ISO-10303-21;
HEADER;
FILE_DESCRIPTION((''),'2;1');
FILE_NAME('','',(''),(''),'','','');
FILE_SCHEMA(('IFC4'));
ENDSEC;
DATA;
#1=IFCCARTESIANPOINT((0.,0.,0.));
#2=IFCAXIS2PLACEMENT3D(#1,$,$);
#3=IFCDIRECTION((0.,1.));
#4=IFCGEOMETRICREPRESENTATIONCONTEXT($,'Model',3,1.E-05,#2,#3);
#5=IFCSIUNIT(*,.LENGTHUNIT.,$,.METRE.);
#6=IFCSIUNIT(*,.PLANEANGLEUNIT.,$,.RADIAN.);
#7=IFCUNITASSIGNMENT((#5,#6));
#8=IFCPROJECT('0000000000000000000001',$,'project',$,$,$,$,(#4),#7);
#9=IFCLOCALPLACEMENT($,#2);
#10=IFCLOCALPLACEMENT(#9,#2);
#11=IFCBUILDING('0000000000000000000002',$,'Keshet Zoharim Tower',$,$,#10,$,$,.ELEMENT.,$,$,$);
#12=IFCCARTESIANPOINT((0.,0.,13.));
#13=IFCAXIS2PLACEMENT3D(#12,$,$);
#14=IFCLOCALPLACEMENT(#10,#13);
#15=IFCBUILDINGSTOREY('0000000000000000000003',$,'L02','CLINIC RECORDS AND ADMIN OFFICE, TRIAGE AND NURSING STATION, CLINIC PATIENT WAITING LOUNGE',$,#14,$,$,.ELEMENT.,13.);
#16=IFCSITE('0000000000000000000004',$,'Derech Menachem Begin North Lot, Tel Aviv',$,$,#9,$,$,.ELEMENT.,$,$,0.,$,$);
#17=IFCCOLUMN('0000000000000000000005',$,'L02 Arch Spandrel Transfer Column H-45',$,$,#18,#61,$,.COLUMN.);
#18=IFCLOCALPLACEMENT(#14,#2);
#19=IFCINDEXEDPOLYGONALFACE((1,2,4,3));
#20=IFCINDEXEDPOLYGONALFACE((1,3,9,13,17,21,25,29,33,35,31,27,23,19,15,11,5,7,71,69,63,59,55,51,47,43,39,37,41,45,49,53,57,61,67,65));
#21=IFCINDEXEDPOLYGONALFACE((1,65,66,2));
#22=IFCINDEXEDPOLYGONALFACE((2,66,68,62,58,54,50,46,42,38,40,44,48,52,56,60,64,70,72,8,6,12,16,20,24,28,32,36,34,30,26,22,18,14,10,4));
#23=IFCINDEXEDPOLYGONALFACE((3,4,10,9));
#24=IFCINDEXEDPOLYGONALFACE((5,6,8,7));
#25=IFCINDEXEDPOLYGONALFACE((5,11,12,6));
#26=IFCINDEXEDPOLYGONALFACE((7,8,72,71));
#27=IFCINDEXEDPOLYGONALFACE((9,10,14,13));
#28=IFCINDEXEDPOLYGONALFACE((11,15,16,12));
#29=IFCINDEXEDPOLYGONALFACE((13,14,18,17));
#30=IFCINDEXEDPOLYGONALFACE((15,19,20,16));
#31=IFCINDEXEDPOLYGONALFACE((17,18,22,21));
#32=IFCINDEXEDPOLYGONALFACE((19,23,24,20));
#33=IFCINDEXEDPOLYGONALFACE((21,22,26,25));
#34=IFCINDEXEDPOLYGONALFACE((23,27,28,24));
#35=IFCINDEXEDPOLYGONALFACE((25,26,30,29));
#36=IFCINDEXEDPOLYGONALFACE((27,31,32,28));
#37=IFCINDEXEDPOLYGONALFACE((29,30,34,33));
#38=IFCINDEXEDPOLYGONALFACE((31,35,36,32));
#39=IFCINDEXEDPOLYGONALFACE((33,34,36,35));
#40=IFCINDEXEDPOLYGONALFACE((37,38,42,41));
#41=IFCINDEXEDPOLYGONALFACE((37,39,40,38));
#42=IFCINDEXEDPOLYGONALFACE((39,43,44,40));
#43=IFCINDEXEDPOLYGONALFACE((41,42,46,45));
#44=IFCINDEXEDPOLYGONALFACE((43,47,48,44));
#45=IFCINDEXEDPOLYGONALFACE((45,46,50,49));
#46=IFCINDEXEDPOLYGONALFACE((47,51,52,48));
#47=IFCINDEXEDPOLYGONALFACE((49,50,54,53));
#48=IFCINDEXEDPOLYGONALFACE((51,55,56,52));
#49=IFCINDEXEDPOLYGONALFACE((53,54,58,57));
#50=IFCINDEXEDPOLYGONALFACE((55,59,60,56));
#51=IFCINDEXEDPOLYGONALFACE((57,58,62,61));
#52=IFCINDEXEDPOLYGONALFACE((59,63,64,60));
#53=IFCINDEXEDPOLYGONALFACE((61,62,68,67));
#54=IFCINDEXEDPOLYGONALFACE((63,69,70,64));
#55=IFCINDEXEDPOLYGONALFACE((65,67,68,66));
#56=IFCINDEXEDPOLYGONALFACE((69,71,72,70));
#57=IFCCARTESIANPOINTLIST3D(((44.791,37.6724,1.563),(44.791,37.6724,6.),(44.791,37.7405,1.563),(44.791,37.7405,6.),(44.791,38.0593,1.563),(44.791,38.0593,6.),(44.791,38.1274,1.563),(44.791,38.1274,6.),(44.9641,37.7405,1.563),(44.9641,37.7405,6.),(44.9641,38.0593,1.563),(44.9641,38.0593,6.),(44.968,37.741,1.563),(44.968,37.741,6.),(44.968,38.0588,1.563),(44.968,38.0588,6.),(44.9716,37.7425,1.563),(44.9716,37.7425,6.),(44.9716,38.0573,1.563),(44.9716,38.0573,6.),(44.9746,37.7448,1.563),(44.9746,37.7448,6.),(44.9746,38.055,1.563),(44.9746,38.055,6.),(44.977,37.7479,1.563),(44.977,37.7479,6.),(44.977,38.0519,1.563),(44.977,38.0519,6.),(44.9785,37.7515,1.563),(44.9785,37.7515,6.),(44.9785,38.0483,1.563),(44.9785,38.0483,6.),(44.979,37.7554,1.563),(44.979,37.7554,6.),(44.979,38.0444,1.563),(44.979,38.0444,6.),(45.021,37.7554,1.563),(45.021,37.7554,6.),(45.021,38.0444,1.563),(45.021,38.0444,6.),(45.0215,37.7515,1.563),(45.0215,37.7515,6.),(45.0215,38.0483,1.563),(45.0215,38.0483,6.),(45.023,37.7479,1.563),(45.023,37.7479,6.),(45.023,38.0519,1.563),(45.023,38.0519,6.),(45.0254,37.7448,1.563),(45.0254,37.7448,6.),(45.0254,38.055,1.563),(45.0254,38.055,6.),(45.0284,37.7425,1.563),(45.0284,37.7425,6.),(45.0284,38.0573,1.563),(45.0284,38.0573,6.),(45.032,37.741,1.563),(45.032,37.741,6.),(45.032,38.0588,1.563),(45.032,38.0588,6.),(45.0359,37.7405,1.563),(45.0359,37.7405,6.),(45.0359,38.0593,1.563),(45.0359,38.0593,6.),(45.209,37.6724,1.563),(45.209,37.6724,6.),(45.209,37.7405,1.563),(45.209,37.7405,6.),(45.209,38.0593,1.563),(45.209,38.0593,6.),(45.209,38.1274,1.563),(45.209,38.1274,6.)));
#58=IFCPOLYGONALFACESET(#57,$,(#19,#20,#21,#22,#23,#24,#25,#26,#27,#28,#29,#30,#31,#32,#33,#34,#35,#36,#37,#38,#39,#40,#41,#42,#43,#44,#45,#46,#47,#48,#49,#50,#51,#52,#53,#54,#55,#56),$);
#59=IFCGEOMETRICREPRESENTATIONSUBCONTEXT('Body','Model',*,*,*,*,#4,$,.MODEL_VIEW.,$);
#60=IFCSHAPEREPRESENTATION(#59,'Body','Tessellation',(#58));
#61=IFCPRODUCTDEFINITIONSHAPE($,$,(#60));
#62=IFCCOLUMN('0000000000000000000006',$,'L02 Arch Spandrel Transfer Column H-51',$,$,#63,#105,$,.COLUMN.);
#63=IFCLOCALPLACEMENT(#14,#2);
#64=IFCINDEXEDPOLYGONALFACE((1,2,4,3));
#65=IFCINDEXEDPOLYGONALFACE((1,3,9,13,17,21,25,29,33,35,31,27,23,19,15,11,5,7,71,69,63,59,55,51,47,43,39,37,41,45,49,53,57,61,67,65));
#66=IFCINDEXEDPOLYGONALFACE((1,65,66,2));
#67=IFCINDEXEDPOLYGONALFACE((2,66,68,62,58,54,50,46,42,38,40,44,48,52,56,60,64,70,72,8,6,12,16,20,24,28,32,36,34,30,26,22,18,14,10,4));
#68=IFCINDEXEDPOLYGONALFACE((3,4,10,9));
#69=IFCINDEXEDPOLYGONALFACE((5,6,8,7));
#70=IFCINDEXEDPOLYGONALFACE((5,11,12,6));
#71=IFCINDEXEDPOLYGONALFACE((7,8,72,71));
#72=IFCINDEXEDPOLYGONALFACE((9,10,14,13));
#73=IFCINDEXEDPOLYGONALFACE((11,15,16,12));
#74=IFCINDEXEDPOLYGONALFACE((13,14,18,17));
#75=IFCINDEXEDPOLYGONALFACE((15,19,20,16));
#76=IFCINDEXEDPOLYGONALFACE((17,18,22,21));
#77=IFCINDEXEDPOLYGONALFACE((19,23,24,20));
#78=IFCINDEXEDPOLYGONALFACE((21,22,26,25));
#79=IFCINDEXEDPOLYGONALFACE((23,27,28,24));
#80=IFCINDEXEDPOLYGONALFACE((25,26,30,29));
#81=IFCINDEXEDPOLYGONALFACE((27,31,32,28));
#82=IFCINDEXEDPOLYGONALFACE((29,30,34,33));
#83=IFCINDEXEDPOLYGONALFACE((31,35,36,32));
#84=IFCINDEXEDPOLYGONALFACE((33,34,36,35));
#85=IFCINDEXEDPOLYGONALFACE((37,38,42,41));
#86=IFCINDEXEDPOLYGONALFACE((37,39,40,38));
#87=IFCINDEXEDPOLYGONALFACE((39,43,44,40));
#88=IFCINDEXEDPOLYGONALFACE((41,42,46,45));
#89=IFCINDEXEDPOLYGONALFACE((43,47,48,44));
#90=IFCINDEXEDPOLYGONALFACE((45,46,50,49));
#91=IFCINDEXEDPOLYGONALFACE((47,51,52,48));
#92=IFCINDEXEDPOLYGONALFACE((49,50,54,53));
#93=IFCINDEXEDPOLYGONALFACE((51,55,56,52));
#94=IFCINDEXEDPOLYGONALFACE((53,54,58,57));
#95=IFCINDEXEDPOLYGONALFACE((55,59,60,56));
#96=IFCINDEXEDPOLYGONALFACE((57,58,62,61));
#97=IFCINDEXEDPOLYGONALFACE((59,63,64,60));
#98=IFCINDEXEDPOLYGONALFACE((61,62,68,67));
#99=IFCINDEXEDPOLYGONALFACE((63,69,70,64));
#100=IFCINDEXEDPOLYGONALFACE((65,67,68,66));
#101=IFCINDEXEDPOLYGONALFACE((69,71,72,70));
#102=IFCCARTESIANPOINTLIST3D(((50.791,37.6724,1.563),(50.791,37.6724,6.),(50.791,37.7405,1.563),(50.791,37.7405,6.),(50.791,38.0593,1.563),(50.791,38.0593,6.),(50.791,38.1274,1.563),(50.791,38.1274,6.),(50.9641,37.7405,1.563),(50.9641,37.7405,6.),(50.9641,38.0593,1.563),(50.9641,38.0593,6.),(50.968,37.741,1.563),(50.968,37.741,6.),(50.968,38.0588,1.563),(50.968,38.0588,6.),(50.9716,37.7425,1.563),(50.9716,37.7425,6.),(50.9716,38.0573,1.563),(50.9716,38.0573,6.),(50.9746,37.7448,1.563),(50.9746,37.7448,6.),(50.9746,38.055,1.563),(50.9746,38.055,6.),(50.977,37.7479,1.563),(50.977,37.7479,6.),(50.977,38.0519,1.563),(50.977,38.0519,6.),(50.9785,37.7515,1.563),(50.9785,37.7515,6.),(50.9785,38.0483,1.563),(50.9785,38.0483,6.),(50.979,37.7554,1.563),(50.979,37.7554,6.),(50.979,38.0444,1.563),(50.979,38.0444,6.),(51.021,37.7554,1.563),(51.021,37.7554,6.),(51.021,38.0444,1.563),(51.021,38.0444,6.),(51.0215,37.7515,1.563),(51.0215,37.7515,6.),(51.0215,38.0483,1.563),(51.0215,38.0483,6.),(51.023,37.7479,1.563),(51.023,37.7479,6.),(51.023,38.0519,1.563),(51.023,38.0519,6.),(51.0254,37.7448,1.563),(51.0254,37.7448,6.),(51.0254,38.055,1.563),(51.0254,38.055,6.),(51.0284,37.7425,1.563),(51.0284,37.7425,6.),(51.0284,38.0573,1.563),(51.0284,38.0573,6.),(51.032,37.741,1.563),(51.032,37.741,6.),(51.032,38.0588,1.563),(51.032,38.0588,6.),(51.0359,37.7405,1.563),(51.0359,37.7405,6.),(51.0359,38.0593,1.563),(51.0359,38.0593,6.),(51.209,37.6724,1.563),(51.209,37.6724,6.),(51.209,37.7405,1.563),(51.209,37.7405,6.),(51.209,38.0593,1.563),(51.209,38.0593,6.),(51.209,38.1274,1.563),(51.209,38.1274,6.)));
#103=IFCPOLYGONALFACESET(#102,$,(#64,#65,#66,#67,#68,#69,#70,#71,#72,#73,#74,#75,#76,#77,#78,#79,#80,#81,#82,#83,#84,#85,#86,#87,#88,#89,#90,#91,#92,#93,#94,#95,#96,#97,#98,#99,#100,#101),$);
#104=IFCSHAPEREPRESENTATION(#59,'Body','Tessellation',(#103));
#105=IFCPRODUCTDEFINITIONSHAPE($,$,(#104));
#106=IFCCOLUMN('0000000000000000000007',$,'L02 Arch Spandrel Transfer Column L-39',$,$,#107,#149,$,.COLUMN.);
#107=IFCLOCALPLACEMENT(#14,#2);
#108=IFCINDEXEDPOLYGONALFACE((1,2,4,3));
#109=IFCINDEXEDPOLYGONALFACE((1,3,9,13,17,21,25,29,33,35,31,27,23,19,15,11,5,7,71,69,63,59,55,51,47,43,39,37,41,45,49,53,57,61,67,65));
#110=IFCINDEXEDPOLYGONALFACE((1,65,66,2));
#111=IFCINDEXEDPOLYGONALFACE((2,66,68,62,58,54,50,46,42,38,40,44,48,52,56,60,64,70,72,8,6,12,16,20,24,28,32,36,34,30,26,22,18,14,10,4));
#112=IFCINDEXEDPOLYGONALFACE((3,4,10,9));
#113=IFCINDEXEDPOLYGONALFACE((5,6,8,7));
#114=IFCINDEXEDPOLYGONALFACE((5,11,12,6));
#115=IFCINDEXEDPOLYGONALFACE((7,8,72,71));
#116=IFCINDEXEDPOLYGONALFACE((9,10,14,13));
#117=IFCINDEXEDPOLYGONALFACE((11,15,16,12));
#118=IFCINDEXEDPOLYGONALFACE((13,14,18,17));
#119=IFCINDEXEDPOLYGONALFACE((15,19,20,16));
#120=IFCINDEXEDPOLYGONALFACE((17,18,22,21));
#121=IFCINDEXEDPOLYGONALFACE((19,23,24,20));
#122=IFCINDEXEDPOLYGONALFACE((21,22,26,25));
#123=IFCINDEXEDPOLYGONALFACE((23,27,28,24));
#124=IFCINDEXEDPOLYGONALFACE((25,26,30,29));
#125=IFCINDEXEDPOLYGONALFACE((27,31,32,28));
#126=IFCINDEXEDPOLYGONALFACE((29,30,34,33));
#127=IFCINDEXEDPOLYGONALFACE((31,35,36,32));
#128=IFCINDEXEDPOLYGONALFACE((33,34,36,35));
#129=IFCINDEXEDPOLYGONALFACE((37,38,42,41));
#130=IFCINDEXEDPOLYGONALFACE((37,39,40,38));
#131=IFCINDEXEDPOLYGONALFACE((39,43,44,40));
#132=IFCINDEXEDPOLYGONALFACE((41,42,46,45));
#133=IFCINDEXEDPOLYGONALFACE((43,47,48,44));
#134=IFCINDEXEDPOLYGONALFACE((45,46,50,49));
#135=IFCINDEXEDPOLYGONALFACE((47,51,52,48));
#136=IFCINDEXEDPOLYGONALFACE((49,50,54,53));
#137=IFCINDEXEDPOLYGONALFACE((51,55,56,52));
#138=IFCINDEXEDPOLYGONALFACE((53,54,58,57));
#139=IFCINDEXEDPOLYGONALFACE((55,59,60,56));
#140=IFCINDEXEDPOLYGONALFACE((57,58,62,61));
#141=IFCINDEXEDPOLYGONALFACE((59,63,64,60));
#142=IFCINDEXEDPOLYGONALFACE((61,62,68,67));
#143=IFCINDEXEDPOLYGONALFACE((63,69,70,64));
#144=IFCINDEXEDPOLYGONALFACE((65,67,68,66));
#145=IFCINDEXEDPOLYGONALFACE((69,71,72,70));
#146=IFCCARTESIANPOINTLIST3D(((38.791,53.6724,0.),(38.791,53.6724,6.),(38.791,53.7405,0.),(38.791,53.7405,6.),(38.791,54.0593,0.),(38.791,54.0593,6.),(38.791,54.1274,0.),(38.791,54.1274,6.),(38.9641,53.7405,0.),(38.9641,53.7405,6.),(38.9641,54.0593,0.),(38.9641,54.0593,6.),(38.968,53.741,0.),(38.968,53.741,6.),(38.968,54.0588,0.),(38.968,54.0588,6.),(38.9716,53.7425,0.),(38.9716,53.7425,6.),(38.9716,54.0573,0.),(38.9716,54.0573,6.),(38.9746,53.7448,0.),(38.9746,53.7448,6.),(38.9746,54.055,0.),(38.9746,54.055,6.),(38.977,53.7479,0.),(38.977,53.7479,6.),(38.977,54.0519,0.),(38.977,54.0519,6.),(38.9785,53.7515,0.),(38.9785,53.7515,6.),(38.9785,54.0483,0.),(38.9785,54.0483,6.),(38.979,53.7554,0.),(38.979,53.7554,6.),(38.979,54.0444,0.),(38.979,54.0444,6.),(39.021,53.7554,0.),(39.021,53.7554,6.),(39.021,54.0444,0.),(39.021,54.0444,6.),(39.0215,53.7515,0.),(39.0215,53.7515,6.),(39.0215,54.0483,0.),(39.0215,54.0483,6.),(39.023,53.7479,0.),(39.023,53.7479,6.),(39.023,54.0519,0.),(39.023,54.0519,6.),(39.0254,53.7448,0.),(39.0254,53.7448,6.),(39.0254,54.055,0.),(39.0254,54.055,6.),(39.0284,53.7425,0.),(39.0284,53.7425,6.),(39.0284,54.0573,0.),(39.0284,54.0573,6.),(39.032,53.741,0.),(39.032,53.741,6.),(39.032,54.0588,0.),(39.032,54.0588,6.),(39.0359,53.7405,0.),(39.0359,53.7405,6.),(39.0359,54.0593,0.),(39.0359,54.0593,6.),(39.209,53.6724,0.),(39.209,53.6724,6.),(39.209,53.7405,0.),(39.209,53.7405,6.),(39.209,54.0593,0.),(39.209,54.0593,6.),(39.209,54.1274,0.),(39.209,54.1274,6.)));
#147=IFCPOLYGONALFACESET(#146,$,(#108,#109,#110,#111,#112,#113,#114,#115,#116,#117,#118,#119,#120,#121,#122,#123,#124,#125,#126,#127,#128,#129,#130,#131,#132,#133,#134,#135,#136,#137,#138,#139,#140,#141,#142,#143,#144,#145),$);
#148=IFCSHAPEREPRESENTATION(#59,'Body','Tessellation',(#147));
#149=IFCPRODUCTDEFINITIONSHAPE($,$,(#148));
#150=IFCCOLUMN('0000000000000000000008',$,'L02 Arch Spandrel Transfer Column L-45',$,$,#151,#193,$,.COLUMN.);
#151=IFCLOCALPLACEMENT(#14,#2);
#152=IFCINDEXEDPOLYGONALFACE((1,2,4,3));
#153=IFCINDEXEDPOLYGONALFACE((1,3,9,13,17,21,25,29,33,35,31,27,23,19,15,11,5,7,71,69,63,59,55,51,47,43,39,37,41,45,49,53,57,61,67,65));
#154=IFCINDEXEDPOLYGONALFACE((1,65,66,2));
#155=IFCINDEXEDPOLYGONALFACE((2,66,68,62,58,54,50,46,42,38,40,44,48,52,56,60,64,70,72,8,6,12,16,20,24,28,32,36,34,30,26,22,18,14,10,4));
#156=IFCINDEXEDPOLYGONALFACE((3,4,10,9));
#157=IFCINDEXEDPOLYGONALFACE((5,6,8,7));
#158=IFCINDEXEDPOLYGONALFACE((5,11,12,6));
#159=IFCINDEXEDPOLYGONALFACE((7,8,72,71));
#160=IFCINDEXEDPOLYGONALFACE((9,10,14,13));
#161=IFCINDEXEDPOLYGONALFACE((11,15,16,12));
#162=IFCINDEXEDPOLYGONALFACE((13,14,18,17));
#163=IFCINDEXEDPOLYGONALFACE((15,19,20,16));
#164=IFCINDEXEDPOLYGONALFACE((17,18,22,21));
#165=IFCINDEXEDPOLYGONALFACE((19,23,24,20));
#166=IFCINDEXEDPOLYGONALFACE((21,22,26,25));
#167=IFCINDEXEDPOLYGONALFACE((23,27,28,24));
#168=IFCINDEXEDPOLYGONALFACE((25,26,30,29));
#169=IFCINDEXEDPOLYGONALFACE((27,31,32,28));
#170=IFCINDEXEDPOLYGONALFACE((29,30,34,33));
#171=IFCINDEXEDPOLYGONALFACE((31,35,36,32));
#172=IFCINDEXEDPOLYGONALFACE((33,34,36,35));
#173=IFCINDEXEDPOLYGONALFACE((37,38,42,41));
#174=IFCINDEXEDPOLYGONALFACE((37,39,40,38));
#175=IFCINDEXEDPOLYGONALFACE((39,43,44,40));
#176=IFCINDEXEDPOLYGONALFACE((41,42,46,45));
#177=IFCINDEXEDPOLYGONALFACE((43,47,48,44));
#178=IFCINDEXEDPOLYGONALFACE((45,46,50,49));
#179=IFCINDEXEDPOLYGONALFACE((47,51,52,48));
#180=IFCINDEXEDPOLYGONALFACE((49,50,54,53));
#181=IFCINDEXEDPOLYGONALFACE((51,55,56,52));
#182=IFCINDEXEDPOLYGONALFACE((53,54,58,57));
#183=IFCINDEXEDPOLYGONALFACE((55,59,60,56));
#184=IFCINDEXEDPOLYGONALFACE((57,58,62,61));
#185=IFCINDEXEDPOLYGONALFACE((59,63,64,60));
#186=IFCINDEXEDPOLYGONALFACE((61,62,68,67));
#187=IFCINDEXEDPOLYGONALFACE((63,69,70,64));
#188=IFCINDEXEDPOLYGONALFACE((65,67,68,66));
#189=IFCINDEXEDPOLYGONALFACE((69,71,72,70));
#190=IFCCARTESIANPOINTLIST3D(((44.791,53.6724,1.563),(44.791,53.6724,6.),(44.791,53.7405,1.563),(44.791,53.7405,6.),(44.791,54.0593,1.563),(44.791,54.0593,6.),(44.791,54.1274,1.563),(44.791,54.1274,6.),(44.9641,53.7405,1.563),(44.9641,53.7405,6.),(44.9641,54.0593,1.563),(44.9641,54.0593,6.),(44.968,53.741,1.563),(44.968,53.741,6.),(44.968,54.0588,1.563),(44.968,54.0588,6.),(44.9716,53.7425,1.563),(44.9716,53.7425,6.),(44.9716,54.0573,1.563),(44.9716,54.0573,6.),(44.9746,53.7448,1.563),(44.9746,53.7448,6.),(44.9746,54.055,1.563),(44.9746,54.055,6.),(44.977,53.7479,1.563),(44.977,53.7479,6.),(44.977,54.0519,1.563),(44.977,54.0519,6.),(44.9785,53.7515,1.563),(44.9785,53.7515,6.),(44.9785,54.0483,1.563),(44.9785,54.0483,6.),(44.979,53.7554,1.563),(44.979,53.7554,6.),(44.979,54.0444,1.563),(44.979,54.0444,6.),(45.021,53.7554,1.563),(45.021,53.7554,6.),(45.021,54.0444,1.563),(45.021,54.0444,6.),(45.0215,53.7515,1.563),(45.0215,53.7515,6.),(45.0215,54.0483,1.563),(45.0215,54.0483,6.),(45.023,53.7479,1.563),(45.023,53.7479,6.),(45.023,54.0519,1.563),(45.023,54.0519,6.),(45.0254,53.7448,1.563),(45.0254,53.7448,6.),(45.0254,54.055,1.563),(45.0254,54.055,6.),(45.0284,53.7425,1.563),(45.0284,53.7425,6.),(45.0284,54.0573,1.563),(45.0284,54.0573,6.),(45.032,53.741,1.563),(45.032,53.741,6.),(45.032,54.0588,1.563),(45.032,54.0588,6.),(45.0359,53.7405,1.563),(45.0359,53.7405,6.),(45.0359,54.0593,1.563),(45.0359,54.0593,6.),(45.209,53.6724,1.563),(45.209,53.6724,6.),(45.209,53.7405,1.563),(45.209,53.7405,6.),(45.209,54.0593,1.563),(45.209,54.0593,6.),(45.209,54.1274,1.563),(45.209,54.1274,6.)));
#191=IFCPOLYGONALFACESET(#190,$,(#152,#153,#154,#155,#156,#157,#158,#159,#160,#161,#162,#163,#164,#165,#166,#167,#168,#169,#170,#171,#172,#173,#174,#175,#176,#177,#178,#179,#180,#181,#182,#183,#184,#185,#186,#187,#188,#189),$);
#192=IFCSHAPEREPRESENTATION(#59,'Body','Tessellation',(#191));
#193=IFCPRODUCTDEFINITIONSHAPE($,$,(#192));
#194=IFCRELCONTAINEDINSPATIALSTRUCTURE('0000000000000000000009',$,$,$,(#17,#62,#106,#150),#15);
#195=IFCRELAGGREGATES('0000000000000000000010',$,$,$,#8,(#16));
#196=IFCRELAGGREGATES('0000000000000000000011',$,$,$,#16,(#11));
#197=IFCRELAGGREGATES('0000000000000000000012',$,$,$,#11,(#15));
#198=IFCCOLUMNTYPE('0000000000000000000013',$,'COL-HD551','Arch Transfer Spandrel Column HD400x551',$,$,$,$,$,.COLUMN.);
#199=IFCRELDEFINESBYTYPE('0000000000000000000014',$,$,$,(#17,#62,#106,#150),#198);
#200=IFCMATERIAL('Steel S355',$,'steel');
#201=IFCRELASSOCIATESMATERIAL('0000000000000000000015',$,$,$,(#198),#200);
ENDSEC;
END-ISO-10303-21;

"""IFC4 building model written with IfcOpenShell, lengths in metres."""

from ifc_helpers import new_model, si_unit, direction, frame, origin, origin_2d, place, context, subcontext, project, spatial, i_section, extrude, material, material_profile, profile_set, type_object, element, save


model = new_model("IFC4")

# Units and contexts
model_context = context("Model", 3, precision=1e-05, world=origin(), true_north=direction((0.0, 1.0)))
body_context = subcontext(model_context, "Body", "Model", "MODEL_VIEW")
ifc_project = project(units=[si_unit("LENGTHUNIT", "METRE"), si_unit("PLANEANGLEUNIT", "RADIAN")], contexts=[model_context])

# Site, building, storey
site_placement = place(None, origin())
site = spatial("IfcSite", under=ifc_project, at=site_placement, Name="Derech Menachem Begin North Lot, Tel Aviv", CompositionType="ELEMENT", RefElevation=0.0)
building_placement = place(site_placement, origin())
building = spatial("IfcBuilding", under=site, at=building_placement, Name="Keshet Zoharim Tower", CompositionType="ELEMENT")
storey_placement = place(building_placement, frame((0.0, 0.0, 13.0)))
storey = spatial("IfcBuildingStorey", under=building, at=storey_placement, Name="L02", Description="CLINIC RECORDS AND ADMIN OFFICE, TRIAGE AND NURSING STATION, CLINIC PATIENT WAITING LOUNGE", CompositionType="ELEMENT", Elevation=13.0)

# Columns
ifc_material_1 = material(Name="Steel S355", Category="steel")
ifc_material_profile_1 = material_profile(ifc_material_1, i_section(OverallWidth=0.418, OverallDepth=0.4551, WebThickness=0.042, FlangeThickness=0.0681, FilletRadius=0.0149, at=origin_2d()), Name="HD400x551")
ifc_profile_set_1 = profile_set([ifc_material_profile_1], Name="Steel S355")
column_type = type_object("IfcColumnType", Name="COL-HD551", Description="Arch Transfer Spandrel Column HD400x551", PredefinedType="COLUMN", material=ifc_profile_set_1)
for number, where, z_axis, x_axis, name in (
    (1, (45.0, 37.8999, 1.563), (0.0, 0.0, 1.0), (1.0, 0.0, 0.0), "L02 Arch Spandrel Transfer Column H-45"),
    (2, (51.0, 37.8999, 1.563), (0.0, 0.0, 1.0), (1.0, 0.0, 0.0), "L02 Arch Spandrel Transfer Column H-51"),
):
    element("IfcColumn", number, at=place(storey_placement, frame(where, z_axis=z_axis, x_axis=x_axis)), inside=storey, type_object=column_type, Name=name, PredefinedType="COLUMN", context=body_context, shape_type="SweptSolid", body=[
        extrude(i_section(OverallWidth=0.418, OverallDepth=0.4551, WebThickness=0.042, FlangeThickness=0.0681, FilletRadius=0.0149, at=origin_2d()), origin(), (0.0, 0.0, 1.0), 4.437),
    ])
column_1_placement = place(storey_placement, frame((39.0, 53.8999, 0.0), z_axis=(0.0, 0.0, 1.0), x_axis=(1.0, 0.0, 0.0)))
element("IfcColumn", 3, at=column_1_placement, inside=storey, type_object=column_type, Name="L02 Arch Spandrel Transfer Column L-39", PredefinedType="COLUMN", context=body_context, shape_type="SweptSolid", body=[
    extrude(i_section(OverallWidth=0.418, OverallDepth=0.4551, WebThickness=0.042, FlangeThickness=0.0681, FilletRadius=0.0149, at=origin_2d()), origin(), (0.0, 0.0, 1.0), 6.0),
])
column_2_placement = place(storey_placement, frame((45.0, 53.8999, 1.563), z_axis=(0.0, 0.0, 1.0), x_axis=(1.0, 0.0, 0.0)))
element("IfcColumn", 4, at=column_2_placement, inside=storey, type_object=column_type, Name="L02 Arch Spandrel Transfer Column L-45", PredefinedType="COLUMN", context=body_context, shape_type="SweptSolid", body=[
    extrude(i_section(OverallWidth=0.418, OverallDepth=0.4551, WebThickness=0.042, FlangeThickness=0.0681, FilletRadius=0.0149, at=origin_2d()), origin(), (0.0, 0.0, 1.0), 4.437),
])

save(model, "model.ifc")
